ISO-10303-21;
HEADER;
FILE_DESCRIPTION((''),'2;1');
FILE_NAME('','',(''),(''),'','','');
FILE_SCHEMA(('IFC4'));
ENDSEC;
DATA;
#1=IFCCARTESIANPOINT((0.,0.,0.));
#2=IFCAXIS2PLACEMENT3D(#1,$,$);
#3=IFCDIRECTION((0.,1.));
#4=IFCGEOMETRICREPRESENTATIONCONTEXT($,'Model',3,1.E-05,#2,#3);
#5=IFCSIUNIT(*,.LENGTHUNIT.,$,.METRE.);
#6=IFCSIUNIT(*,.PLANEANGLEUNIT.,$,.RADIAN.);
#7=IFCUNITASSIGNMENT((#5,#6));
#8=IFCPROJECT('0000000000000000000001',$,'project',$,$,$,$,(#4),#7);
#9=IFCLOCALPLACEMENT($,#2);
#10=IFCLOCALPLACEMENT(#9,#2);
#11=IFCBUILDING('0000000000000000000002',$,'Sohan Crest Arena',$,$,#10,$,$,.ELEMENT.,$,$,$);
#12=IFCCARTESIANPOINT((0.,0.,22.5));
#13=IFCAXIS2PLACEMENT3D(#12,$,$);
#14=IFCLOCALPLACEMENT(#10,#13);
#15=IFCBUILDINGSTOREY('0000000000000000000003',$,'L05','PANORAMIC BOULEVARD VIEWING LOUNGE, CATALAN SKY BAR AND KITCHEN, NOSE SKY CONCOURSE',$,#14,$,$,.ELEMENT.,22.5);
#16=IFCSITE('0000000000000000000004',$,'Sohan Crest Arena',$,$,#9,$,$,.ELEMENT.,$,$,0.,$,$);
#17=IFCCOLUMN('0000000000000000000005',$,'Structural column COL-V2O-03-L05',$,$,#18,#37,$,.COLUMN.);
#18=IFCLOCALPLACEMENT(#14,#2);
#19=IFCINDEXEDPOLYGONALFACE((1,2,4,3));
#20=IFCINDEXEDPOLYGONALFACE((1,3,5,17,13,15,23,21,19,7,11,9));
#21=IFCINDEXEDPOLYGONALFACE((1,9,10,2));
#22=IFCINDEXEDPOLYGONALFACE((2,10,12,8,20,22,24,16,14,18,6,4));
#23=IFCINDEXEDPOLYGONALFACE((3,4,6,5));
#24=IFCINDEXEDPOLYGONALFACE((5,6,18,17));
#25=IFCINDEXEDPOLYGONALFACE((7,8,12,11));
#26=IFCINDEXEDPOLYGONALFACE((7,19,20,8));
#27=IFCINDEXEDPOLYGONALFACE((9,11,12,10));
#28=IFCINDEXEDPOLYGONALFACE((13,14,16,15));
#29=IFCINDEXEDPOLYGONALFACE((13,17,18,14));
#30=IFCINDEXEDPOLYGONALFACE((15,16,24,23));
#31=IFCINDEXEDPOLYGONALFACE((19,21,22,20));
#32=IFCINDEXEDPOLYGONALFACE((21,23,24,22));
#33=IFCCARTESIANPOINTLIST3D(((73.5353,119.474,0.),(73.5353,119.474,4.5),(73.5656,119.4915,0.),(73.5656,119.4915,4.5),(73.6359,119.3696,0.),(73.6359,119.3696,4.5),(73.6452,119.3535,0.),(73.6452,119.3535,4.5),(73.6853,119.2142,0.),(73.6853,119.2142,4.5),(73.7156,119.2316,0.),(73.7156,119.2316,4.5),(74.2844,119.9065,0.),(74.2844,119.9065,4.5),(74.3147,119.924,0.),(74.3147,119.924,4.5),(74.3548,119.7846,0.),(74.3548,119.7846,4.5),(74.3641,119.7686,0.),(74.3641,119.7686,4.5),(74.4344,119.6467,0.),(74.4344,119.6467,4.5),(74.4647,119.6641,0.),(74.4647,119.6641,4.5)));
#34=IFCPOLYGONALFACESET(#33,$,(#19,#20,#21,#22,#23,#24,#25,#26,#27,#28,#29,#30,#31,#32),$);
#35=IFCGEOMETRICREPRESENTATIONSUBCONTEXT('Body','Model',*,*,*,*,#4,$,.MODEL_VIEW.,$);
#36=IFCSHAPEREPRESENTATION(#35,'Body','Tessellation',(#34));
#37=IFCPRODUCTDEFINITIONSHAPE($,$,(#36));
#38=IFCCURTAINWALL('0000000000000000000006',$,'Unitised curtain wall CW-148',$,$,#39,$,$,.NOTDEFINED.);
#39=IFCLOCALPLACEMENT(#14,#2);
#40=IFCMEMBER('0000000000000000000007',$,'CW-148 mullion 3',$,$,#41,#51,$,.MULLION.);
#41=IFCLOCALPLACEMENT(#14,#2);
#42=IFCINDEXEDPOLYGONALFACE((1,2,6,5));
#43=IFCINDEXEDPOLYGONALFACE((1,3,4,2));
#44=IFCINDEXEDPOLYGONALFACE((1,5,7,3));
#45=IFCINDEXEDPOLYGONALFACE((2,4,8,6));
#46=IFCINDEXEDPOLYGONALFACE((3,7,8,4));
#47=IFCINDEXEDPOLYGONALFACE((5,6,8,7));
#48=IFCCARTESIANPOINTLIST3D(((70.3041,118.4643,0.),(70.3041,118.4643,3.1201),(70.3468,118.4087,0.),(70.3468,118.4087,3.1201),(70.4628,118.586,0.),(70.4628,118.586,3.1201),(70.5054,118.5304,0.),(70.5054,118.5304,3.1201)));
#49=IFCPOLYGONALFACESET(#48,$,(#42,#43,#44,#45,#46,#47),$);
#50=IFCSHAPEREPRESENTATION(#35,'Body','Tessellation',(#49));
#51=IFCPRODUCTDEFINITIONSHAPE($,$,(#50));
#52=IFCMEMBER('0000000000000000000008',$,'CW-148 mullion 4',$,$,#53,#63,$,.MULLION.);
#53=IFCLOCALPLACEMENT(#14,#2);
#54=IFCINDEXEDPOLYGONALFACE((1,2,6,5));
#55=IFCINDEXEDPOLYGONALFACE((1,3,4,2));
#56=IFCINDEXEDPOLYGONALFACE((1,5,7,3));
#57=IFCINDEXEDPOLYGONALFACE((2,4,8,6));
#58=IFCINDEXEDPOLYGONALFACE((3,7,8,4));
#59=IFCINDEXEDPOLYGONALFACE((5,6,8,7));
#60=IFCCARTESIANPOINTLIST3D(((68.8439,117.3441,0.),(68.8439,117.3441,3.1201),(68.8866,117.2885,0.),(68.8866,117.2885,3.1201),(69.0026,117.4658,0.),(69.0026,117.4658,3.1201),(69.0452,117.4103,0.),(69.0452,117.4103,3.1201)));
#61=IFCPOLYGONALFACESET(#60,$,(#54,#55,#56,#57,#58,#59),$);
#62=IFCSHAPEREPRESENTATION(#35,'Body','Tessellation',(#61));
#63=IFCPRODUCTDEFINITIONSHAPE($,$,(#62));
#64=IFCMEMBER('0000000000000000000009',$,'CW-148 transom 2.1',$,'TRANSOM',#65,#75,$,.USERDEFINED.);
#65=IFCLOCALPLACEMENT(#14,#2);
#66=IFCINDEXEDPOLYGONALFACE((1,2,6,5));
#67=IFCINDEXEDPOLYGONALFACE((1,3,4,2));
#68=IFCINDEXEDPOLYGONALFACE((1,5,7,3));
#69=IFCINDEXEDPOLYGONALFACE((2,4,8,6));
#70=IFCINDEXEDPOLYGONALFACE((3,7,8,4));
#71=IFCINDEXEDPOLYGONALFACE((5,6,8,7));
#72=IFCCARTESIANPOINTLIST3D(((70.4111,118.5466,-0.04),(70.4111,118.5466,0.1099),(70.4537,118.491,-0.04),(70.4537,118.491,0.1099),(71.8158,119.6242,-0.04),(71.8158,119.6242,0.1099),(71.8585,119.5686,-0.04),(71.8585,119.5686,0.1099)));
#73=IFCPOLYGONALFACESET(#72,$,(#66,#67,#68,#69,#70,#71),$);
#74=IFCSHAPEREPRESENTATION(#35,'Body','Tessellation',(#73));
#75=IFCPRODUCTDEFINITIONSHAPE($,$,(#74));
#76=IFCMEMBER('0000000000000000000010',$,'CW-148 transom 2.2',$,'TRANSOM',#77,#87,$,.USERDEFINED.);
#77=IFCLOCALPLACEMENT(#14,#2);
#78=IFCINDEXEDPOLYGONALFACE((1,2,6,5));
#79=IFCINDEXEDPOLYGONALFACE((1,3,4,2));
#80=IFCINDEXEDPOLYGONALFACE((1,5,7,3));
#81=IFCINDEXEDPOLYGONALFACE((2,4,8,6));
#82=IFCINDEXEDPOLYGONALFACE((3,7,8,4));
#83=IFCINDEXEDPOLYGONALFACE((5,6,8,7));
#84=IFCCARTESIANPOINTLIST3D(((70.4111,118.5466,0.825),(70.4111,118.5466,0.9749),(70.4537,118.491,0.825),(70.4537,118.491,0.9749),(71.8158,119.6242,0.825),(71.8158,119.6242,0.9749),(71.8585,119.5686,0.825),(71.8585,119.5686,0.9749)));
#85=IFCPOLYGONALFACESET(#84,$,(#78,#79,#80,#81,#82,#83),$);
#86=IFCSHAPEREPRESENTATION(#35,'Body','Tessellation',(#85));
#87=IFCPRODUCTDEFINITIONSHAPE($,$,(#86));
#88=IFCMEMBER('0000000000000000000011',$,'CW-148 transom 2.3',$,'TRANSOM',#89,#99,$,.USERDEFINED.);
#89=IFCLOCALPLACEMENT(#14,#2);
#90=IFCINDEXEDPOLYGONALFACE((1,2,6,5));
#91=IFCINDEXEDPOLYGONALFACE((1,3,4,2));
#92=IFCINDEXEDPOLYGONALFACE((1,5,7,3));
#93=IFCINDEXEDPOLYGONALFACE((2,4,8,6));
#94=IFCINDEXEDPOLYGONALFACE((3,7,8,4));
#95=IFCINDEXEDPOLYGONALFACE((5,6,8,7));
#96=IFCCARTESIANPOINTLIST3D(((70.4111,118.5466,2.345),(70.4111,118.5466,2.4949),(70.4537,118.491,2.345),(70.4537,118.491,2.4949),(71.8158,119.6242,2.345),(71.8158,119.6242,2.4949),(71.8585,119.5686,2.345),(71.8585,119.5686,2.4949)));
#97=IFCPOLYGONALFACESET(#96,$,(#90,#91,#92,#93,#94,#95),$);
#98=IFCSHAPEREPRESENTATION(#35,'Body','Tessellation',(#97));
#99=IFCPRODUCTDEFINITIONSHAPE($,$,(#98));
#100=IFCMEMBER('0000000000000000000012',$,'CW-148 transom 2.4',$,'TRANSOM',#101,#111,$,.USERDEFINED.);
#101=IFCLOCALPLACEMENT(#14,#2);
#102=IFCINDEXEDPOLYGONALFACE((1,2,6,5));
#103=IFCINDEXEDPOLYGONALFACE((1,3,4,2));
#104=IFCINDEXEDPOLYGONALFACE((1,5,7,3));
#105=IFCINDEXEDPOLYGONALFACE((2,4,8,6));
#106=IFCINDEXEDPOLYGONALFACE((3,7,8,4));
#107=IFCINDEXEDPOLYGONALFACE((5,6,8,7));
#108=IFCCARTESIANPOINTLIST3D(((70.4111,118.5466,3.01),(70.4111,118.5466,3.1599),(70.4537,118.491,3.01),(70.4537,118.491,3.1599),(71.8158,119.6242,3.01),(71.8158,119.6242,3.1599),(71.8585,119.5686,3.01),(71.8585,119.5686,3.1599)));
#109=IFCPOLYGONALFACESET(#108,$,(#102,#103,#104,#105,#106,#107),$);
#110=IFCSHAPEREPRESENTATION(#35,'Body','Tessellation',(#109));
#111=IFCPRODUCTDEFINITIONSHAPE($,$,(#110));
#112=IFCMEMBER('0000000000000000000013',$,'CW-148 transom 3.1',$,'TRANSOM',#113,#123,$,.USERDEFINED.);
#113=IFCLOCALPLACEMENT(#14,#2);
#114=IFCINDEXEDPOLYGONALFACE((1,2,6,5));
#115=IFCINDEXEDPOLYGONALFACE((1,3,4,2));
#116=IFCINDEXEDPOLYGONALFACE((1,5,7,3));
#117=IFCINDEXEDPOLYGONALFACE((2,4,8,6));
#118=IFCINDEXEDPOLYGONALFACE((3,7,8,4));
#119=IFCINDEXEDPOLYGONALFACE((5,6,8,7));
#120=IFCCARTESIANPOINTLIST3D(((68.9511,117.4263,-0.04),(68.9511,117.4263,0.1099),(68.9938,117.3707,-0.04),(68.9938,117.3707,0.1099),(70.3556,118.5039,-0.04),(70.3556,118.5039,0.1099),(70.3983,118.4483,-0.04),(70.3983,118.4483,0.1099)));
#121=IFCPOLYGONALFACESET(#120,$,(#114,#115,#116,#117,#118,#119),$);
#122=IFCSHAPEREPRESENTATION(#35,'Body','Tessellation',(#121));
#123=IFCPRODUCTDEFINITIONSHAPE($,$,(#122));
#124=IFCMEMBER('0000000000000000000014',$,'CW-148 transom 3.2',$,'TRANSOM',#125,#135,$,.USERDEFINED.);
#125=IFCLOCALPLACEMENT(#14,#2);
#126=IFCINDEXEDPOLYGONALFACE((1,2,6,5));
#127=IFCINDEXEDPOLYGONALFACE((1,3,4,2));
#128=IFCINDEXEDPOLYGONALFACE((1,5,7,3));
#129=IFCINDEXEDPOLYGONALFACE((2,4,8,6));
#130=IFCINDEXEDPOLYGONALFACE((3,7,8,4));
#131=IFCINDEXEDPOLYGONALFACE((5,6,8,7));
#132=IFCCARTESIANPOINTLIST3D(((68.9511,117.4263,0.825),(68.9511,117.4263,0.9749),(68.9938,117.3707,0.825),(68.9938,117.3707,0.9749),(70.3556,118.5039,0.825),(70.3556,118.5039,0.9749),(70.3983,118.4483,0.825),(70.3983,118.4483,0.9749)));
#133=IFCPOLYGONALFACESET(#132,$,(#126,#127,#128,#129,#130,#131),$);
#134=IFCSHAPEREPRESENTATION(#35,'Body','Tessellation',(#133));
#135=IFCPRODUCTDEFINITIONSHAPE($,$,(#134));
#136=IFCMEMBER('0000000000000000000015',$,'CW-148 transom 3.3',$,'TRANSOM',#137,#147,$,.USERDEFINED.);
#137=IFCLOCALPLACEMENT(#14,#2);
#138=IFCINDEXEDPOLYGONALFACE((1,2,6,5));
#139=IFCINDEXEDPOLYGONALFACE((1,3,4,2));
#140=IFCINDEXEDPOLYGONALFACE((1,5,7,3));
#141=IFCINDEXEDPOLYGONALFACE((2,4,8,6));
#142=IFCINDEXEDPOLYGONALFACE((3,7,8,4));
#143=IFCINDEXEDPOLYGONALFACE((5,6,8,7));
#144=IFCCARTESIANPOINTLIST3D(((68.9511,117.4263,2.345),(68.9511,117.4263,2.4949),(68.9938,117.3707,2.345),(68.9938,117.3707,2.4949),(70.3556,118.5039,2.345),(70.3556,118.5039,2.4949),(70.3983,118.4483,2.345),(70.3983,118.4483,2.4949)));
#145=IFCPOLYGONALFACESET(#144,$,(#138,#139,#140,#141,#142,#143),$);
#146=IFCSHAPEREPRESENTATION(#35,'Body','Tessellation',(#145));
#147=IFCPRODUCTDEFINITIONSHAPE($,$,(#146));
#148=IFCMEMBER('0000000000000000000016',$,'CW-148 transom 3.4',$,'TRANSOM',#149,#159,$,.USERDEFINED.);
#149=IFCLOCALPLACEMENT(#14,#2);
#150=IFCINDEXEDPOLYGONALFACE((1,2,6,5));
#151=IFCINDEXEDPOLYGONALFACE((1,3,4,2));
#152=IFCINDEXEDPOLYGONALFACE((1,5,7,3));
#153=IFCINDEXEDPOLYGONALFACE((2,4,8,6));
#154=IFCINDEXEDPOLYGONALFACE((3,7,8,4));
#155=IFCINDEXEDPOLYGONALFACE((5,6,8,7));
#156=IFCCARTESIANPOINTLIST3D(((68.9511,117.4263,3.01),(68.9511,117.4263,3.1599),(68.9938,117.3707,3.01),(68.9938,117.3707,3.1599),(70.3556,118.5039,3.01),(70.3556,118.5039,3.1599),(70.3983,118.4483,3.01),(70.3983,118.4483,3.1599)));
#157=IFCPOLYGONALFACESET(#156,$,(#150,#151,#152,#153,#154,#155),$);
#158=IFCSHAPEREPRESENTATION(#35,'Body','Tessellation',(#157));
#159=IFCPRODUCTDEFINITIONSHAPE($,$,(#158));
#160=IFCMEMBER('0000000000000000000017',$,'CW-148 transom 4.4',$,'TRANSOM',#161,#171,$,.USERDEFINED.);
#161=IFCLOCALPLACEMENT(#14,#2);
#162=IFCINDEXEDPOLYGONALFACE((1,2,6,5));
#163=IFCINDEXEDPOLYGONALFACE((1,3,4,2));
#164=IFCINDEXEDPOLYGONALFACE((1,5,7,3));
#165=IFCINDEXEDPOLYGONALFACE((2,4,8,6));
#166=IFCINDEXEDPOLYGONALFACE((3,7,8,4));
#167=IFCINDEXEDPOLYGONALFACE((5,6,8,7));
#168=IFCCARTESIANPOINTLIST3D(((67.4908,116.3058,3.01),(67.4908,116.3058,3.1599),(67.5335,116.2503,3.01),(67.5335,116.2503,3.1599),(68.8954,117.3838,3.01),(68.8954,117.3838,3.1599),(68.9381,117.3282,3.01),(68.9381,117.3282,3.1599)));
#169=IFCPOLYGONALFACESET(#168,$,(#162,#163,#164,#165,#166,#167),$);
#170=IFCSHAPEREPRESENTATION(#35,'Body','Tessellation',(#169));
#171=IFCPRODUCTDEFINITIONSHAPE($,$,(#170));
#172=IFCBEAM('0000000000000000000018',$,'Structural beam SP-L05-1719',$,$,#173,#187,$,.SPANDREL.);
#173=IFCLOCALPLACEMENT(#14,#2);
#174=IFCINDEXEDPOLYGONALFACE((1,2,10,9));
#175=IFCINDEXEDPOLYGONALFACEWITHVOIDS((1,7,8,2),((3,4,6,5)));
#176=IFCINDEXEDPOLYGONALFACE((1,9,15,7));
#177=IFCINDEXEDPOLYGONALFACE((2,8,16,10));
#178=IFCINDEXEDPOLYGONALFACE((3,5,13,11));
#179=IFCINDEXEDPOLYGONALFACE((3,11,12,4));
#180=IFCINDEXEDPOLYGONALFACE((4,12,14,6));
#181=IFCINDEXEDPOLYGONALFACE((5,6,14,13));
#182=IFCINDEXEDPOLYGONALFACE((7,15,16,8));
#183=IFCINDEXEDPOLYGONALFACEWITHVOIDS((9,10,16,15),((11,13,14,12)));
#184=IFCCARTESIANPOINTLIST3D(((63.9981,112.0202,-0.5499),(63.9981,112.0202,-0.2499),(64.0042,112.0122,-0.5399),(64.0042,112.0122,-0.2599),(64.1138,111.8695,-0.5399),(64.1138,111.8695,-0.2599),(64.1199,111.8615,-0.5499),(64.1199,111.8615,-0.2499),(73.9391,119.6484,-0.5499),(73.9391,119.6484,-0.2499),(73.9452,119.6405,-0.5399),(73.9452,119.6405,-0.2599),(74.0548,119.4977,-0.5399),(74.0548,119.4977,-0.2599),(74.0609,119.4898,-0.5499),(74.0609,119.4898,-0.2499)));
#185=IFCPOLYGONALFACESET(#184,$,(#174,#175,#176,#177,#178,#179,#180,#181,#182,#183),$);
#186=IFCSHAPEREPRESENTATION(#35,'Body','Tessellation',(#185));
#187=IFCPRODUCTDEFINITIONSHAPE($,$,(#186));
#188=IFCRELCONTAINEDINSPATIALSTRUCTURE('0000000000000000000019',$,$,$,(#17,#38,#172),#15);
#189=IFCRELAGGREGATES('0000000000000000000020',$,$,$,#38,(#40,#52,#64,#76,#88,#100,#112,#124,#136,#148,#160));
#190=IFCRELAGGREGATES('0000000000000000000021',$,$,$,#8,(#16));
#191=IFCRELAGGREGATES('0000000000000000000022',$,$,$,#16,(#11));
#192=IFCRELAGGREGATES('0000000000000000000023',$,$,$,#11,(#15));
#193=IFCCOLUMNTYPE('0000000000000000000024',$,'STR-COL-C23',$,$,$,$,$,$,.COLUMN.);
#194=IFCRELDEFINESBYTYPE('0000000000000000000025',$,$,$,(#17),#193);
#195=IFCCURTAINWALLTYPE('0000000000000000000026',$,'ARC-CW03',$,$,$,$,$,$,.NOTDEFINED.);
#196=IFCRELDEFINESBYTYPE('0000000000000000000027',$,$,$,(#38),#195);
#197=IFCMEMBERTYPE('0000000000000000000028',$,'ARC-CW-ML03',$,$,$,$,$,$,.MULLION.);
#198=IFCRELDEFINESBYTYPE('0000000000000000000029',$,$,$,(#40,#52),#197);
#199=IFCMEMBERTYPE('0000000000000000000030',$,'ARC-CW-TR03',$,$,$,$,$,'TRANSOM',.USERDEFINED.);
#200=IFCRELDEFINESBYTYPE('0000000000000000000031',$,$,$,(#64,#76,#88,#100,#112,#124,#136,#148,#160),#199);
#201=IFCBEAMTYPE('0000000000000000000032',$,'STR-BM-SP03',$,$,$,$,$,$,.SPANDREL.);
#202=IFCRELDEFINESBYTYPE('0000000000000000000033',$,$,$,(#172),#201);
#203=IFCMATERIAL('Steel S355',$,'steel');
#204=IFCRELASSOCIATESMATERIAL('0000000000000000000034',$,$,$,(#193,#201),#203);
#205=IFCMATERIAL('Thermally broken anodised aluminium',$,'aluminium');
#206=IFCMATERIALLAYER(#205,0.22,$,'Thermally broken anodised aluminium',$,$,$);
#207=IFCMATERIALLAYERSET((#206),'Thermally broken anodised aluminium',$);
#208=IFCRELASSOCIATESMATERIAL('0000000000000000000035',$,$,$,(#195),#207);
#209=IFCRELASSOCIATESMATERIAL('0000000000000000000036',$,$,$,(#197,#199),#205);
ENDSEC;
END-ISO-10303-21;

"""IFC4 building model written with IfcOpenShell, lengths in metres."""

from ifc_helpers import new_model, si_unit, direction, frame, origin, origin_2d, place, context, subcontext, project, spatial, rectangle, hollow_rectangle, i_section, extrude, material, layer, layer_set, material_profile, profile_set, type_object, element, aggregate, save


model = new_model("IFC4")

# Units and contexts
model_context = context("Model", 3, precision=1e-05, world=origin(), true_north=direction((0.0, 1.0)))
body_context = subcontext(model_context, "Body", "Model", "MODEL_VIEW")
ifc_project = project(units=[si_unit("LENGTHUNIT", "METRE"), si_unit("PLANEANGLEUNIT", "RADIAN")], contexts=[model_context])

# Site, building, storey
site_placement = place(None, origin())
site = spatial("IfcSite", under=ifc_project, at=site_placement, Name="Sohan Crest Arena", CompositionType="ELEMENT", RefElevation=0.0)
building_placement = place(site_placement, origin())
building = spatial("IfcBuilding", under=site, at=building_placement, Name="Sohan Crest Arena", CompositionType="ELEMENT")
storey_placement = place(building_placement, frame((0.0, 0.0, 22.5)))
storey = spatial("IfcBuildingStorey", under=building, at=storey_placement, Name="L05", Description="PANORAMIC BOULEVARD VIEWING LOUNGE, CATALAN SKY BAR AND KITCHEN, NOSE SKY CONCOURSE", CompositionType="ELEMENT", Elevation=22.5)

# Column
ifc_material_1 = material(Name="Steel S355", Category="steel")
ifc_material_profile_1 = material_profile(ifc_material_1, i_section(OverallWidth=0.3, OverallDepth=0.8999, WebThickness=0.0186, FlangeThickness=0.0349, at=origin_2d()), Name="HEB 900")
ifc_profile_set_1 = profile_set([ifc_material_profile_1], Name="Steel S355")
column_type = type_object("IfcColumnType", Name="STR-COL-C23", PredefinedType="COLUMN", material=ifc_profile_set_1)
column_placement = place(storey_placement, frame((74.0, 119.5691, 0.0), z_axis=(0.0, 0.0, 1.0), x_axis=(-0.5, 0.866025, 0.0)))
element("IfcColumn", 1, at=column_placement, inside=storey, type_object=column_type, Name="Structural column COL-V2O-03-L05", PredefinedType="COLUMN", context=body_context, shape_type="SweptSolid", body=[
    extrude(i_section(OverallWidth=0.3, OverallDepth=0.8999, WebThickness=0.0186, FlangeThickness=0.0349, at=origin_2d()), origin(), (0.0, 0.0, 1.0), 4.5),
])

# Curtain wall, members
ifc_material_2 = material(Name="Thermally broken anodised aluminium", Category="aluminium")
ifc_layer_1 = layer(ifc_material_2, 0.22, Name="Thermally broken anodised aluminium")
ifc_layer_set_1 = layer_set([ifc_layer_1], Name="Thermally broken anodised aluminium")
curtain_wall_type = type_object("IfcCurtainWallType", Name="ARC-CW03", PredefinedType="NOTDEFINED", material=ifc_layer_set_1)
curtain_wall_placement = place(storey_placement, origin())
curtain_wall = element("IfcCurtainWall", 2, at=curtain_wall_placement, inside=storey, type_object=curtain_wall_type, Name="Unitised curtain wall CW-148", PredefinedType="NOTDEFINED")
ifc_material_profile_2 = material_profile(ifc_material_2, rectangle(XDim=0.0701, YDim=0.2, at=origin_2d()), Name="ALU-MULL 70x200")
ifc_profile_set_2 = profile_set([ifc_material_profile_2], Name="Thermally broken anodised aluminium")
member_type_1 = type_object("IfcMemberType", Name="ARC-CW-ML03", PredefinedType="MULLION", material=ifc_profile_set_2)
member_1_placement = place(storey_placement, frame((70.4048, 118.4973, 0.0), z_axis=(0.0, 0.0, 1.0), x_axis=(0.60872, -0.793385, 0.0)))
member_1 = element("IfcMember", 3, at=member_1_placement, type_object=member_type_1, Name="CW-148 mullion 3", PredefinedType="MULLION", context=body_context, shape_type="SweptSolid", body=[
    extrude(rectangle(XDim=0.0701, YDim=0.2, at=origin_2d()), origin(), (0.0, 0.0, 1.0), 3.1201),
])
member_2_placement = place(storey_placement, frame((68.9446, 117.3772, 0.0), z_axis=(0.0, 0.0, 1.0), x_axis=(0.60872, -0.793385, 0.0)))
member_2 = element("IfcMember", 4, at=member_2_placement, type_object=member_type_1, Name="CW-148 mullion 4", PredefinedType="MULLION", context=body_context, shape_type="SweptSolid", body=[
    extrude(rectangle(XDim=0.0701, YDim=0.2, at=origin_2d()), origin(), (0.0, 0.0, 1.0), 3.1201),
])
ifc_material_profile_3 = material_profile(ifc_material_2, rectangle(XDim=0.0701, YDim=0.1499, at=origin_2d()), Name="ALU-TRAN 70x150")
ifc_profile_set_3 = profile_set([ifc_material_profile_3], Name="Thermally broken anodised aluminium")
member_type_2 = type_object("IfcMemberType", Name="ARC-CW-TR03", ElementType="TRANSOM", PredefinedType="USERDEFINED", material=ifc_profile_set_3)
member_3_placement = place(storey_placement, frame((71.8372, 119.5964, 0.0349), z_axis=(-0.793433, -0.608657, 0.0), x_axis=(0.608657, -0.793433, 0.0)))
member_3 = element("IfcMember", 5, at=member_3_placement, type_object=member_type_2, Name="CW-148 transom 2.1", ObjectType="TRANSOM", PredefinedType="USERDEFINED", context=body_context, shape_type="SweptSolid", body=[
    extrude(rectangle(XDim=0.0701, YDim=0.1499, at=origin_2d()), origin(), (0.0, 0.0, 1.0), 1.7705),
])
member_4_placement = place(storey_placement, frame((71.8372, 119.5964, 0.8999), z_axis=(-0.793433, -0.608657, 0.0), x_axis=(0.608657, -0.793433, 0.0)))
member_4 = element("IfcMember", 6, at=member_4_placement, type_object=member_type_2, Name="CW-148 transom 2.2", ObjectType="TRANSOM", PredefinedType="USERDEFINED", context=body_context, shape_type="SweptSolid", body=[
    extrude(rectangle(XDim=0.0701, YDim=0.1499, at=origin_2d()), origin(), (0.0, 0.0, 1.0), 1.7705),
])
member_5_placement = place(storey_placement, frame((71.8372, 119.5964, 2.4199), z_axis=(-0.793433, -0.608657, 0.0), x_axis=(0.608657, -0.793433, 0.0)))
member_5 = element("IfcMember", 7, at=member_5_placement, type_object=member_type_2, Name="CW-148 transom 2.3", ObjectType="TRANSOM", PredefinedType="USERDEFINED", context=body_context, shape_type="SweptSolid", body=[
    extrude(rectangle(XDim=0.0701, YDim=0.1499, at=origin_2d()), origin(), (0.0, 0.0, 1.0), 1.7705),
])
member_6_placement = place(storey_placement, frame((71.8372, 119.5964, 3.085), z_axis=(-0.793433, -0.608657, 0.0), x_axis=(0.608657, -0.793433, 0.0)))
member_6 = element("IfcMember", 8, at=member_6_placement, type_object=member_type_2, Name="CW-148 transom 2.4", ObjectType="TRANSOM", PredefinedType="USERDEFINED", context=body_context, shape_type="SweptSolid", body=[
    extrude(rectangle(XDim=0.0701, YDim=0.1499, at=origin_2d()), origin(), (0.0, 0.0, 1.0), 1.7705),
])
member_7_placement = place(storey_placement, frame((70.377, 118.4761, 0.0349), z_axis=(-0.793382, -0.608724, 0.0), x_axis=(0.608724, -0.793382, 0.0)))
member_7 = element("IfcMember", 9, at=member_7_placement, type_object=member_type_2, Name="CW-148 transom 3.1", ObjectType="TRANSOM", PredefinedType="USERDEFINED", context=body_context, shape_type="SweptSolid", body=[
    extrude(rectangle(XDim=0.0701, YDim=0.1499, at=origin_2d()), origin(), (0.0, 0.0, 1.0), 1.7703),
])
member_8_placement = place(storey_placement, frame((70.377, 118.4761, 0.8999), z_axis=(-0.793382, -0.608724, 0.0), x_axis=(0.608724, -0.793382, 0.0)))
member_8 = element("IfcMember", 10, at=member_8_placement, type_object=member_type_2, Name="CW-148 transom 3.2", ObjectType="TRANSOM", PredefinedType="USERDEFINED", context=body_context, shape_type="SweptSolid", body=[
    extrude(rectangle(XDim=0.0701, YDim=0.1499, at=origin_2d()), origin(), (0.0, 0.0, 1.0), 1.7703),
])
member_9_placement = place(storey_placement, frame((70.377, 118.4761, 2.4199), z_axis=(-0.793382, -0.608724, 0.0), x_axis=(0.608724, -0.793382, 0.0)))
member_9 = element("IfcMember", 11, at=member_9_placement, type_object=member_type_2, Name="CW-148 transom 3.3", ObjectType="TRANSOM", PredefinedType="USERDEFINED", context=body_context, shape_type="SweptSolid", body=[
    extrude(rectangle(XDim=0.0701, YDim=0.1499, at=origin_2d()), origin(), (0.0, 0.0, 1.0), 1.7703),
])
member_10_placement = place(storey_placement, frame((70.377, 118.4761, 3.085), z_axis=(-0.793382, -0.608724, 0.0), x_axis=(0.608724, -0.793382, 0.0)))
member_10 = element("IfcMember", 12, at=member_10_placement, type_object=member_type_2, Name="CW-148 transom 3.4", ObjectType="TRANSOM", PredefinedType="USERDEFINED", context=body_context, shape_type="SweptSolid", body=[
    extrude(rectangle(XDim=0.0701, YDim=0.1499, at=origin_2d()), origin(), (0.0, 0.0, 1.0), 1.7703),
])
member_11_placement = place(storey_placement, frame((68.9167, 117.356, 3.085), z_axis=(-0.793316, -0.608811, 0.0), x_axis=(0.608811, -0.793316, 0.0)))
member_11 = element("IfcMember", 13, at=member_11_placement, type_object=member_type_2, Name="CW-148 transom 4.4", ObjectType="TRANSOM", PredefinedType="USERDEFINED", context=body_context, shape_type="SweptSolid", body=[
    extrude(rectangle(XDim=0.0701, YDim=0.1499, at=origin_2d()), origin(), (0.0, 0.0, 1.0), 1.7705),
])

# Beam
ifc_material_profile_4 = material_profile(ifc_material_1, hollow_rectangle(XDim=0.2, YDim=0.3, WallThickness=0.01, at=origin_2d()), Name="RHS 300x200x10")
ifc_profile_set_4 = profile_set([ifc_material_profile_4], Name="Steel S355")
beam_type = type_object("IfcBeamType", Name="STR-BM-SP03", PredefinedType="SPANDREL", material=ifc_profile_set_4)
beam_placement = place(storey_placement, frame((74.0, 119.5691, -0.3999), z_axis=(-0.793344, -0.608773, 0.0), x_axis=(0.608773, -0.793344, 0.0)))
element("IfcBeam", 14, at=beam_placement, inside=storey, type_object=beam_type, Name="Structural beam SP-L05-1719", PredefinedType="SPANDREL", context=body_context, shape_type="SweptSolid", body=[
    extrude(hollow_rectangle(XDim=0.2, YDim=0.3, WallThickness=0.01, at=origin_2d()), origin(), (0.0, 0.0, 1.0), 12.5305),
])

aggregate(curtain_wall, [member_1, member_2, member_3, member_4, member_5, member_6, member_7, member_8, member_9, member_10, member_11])

save(model, "model.ifc")
